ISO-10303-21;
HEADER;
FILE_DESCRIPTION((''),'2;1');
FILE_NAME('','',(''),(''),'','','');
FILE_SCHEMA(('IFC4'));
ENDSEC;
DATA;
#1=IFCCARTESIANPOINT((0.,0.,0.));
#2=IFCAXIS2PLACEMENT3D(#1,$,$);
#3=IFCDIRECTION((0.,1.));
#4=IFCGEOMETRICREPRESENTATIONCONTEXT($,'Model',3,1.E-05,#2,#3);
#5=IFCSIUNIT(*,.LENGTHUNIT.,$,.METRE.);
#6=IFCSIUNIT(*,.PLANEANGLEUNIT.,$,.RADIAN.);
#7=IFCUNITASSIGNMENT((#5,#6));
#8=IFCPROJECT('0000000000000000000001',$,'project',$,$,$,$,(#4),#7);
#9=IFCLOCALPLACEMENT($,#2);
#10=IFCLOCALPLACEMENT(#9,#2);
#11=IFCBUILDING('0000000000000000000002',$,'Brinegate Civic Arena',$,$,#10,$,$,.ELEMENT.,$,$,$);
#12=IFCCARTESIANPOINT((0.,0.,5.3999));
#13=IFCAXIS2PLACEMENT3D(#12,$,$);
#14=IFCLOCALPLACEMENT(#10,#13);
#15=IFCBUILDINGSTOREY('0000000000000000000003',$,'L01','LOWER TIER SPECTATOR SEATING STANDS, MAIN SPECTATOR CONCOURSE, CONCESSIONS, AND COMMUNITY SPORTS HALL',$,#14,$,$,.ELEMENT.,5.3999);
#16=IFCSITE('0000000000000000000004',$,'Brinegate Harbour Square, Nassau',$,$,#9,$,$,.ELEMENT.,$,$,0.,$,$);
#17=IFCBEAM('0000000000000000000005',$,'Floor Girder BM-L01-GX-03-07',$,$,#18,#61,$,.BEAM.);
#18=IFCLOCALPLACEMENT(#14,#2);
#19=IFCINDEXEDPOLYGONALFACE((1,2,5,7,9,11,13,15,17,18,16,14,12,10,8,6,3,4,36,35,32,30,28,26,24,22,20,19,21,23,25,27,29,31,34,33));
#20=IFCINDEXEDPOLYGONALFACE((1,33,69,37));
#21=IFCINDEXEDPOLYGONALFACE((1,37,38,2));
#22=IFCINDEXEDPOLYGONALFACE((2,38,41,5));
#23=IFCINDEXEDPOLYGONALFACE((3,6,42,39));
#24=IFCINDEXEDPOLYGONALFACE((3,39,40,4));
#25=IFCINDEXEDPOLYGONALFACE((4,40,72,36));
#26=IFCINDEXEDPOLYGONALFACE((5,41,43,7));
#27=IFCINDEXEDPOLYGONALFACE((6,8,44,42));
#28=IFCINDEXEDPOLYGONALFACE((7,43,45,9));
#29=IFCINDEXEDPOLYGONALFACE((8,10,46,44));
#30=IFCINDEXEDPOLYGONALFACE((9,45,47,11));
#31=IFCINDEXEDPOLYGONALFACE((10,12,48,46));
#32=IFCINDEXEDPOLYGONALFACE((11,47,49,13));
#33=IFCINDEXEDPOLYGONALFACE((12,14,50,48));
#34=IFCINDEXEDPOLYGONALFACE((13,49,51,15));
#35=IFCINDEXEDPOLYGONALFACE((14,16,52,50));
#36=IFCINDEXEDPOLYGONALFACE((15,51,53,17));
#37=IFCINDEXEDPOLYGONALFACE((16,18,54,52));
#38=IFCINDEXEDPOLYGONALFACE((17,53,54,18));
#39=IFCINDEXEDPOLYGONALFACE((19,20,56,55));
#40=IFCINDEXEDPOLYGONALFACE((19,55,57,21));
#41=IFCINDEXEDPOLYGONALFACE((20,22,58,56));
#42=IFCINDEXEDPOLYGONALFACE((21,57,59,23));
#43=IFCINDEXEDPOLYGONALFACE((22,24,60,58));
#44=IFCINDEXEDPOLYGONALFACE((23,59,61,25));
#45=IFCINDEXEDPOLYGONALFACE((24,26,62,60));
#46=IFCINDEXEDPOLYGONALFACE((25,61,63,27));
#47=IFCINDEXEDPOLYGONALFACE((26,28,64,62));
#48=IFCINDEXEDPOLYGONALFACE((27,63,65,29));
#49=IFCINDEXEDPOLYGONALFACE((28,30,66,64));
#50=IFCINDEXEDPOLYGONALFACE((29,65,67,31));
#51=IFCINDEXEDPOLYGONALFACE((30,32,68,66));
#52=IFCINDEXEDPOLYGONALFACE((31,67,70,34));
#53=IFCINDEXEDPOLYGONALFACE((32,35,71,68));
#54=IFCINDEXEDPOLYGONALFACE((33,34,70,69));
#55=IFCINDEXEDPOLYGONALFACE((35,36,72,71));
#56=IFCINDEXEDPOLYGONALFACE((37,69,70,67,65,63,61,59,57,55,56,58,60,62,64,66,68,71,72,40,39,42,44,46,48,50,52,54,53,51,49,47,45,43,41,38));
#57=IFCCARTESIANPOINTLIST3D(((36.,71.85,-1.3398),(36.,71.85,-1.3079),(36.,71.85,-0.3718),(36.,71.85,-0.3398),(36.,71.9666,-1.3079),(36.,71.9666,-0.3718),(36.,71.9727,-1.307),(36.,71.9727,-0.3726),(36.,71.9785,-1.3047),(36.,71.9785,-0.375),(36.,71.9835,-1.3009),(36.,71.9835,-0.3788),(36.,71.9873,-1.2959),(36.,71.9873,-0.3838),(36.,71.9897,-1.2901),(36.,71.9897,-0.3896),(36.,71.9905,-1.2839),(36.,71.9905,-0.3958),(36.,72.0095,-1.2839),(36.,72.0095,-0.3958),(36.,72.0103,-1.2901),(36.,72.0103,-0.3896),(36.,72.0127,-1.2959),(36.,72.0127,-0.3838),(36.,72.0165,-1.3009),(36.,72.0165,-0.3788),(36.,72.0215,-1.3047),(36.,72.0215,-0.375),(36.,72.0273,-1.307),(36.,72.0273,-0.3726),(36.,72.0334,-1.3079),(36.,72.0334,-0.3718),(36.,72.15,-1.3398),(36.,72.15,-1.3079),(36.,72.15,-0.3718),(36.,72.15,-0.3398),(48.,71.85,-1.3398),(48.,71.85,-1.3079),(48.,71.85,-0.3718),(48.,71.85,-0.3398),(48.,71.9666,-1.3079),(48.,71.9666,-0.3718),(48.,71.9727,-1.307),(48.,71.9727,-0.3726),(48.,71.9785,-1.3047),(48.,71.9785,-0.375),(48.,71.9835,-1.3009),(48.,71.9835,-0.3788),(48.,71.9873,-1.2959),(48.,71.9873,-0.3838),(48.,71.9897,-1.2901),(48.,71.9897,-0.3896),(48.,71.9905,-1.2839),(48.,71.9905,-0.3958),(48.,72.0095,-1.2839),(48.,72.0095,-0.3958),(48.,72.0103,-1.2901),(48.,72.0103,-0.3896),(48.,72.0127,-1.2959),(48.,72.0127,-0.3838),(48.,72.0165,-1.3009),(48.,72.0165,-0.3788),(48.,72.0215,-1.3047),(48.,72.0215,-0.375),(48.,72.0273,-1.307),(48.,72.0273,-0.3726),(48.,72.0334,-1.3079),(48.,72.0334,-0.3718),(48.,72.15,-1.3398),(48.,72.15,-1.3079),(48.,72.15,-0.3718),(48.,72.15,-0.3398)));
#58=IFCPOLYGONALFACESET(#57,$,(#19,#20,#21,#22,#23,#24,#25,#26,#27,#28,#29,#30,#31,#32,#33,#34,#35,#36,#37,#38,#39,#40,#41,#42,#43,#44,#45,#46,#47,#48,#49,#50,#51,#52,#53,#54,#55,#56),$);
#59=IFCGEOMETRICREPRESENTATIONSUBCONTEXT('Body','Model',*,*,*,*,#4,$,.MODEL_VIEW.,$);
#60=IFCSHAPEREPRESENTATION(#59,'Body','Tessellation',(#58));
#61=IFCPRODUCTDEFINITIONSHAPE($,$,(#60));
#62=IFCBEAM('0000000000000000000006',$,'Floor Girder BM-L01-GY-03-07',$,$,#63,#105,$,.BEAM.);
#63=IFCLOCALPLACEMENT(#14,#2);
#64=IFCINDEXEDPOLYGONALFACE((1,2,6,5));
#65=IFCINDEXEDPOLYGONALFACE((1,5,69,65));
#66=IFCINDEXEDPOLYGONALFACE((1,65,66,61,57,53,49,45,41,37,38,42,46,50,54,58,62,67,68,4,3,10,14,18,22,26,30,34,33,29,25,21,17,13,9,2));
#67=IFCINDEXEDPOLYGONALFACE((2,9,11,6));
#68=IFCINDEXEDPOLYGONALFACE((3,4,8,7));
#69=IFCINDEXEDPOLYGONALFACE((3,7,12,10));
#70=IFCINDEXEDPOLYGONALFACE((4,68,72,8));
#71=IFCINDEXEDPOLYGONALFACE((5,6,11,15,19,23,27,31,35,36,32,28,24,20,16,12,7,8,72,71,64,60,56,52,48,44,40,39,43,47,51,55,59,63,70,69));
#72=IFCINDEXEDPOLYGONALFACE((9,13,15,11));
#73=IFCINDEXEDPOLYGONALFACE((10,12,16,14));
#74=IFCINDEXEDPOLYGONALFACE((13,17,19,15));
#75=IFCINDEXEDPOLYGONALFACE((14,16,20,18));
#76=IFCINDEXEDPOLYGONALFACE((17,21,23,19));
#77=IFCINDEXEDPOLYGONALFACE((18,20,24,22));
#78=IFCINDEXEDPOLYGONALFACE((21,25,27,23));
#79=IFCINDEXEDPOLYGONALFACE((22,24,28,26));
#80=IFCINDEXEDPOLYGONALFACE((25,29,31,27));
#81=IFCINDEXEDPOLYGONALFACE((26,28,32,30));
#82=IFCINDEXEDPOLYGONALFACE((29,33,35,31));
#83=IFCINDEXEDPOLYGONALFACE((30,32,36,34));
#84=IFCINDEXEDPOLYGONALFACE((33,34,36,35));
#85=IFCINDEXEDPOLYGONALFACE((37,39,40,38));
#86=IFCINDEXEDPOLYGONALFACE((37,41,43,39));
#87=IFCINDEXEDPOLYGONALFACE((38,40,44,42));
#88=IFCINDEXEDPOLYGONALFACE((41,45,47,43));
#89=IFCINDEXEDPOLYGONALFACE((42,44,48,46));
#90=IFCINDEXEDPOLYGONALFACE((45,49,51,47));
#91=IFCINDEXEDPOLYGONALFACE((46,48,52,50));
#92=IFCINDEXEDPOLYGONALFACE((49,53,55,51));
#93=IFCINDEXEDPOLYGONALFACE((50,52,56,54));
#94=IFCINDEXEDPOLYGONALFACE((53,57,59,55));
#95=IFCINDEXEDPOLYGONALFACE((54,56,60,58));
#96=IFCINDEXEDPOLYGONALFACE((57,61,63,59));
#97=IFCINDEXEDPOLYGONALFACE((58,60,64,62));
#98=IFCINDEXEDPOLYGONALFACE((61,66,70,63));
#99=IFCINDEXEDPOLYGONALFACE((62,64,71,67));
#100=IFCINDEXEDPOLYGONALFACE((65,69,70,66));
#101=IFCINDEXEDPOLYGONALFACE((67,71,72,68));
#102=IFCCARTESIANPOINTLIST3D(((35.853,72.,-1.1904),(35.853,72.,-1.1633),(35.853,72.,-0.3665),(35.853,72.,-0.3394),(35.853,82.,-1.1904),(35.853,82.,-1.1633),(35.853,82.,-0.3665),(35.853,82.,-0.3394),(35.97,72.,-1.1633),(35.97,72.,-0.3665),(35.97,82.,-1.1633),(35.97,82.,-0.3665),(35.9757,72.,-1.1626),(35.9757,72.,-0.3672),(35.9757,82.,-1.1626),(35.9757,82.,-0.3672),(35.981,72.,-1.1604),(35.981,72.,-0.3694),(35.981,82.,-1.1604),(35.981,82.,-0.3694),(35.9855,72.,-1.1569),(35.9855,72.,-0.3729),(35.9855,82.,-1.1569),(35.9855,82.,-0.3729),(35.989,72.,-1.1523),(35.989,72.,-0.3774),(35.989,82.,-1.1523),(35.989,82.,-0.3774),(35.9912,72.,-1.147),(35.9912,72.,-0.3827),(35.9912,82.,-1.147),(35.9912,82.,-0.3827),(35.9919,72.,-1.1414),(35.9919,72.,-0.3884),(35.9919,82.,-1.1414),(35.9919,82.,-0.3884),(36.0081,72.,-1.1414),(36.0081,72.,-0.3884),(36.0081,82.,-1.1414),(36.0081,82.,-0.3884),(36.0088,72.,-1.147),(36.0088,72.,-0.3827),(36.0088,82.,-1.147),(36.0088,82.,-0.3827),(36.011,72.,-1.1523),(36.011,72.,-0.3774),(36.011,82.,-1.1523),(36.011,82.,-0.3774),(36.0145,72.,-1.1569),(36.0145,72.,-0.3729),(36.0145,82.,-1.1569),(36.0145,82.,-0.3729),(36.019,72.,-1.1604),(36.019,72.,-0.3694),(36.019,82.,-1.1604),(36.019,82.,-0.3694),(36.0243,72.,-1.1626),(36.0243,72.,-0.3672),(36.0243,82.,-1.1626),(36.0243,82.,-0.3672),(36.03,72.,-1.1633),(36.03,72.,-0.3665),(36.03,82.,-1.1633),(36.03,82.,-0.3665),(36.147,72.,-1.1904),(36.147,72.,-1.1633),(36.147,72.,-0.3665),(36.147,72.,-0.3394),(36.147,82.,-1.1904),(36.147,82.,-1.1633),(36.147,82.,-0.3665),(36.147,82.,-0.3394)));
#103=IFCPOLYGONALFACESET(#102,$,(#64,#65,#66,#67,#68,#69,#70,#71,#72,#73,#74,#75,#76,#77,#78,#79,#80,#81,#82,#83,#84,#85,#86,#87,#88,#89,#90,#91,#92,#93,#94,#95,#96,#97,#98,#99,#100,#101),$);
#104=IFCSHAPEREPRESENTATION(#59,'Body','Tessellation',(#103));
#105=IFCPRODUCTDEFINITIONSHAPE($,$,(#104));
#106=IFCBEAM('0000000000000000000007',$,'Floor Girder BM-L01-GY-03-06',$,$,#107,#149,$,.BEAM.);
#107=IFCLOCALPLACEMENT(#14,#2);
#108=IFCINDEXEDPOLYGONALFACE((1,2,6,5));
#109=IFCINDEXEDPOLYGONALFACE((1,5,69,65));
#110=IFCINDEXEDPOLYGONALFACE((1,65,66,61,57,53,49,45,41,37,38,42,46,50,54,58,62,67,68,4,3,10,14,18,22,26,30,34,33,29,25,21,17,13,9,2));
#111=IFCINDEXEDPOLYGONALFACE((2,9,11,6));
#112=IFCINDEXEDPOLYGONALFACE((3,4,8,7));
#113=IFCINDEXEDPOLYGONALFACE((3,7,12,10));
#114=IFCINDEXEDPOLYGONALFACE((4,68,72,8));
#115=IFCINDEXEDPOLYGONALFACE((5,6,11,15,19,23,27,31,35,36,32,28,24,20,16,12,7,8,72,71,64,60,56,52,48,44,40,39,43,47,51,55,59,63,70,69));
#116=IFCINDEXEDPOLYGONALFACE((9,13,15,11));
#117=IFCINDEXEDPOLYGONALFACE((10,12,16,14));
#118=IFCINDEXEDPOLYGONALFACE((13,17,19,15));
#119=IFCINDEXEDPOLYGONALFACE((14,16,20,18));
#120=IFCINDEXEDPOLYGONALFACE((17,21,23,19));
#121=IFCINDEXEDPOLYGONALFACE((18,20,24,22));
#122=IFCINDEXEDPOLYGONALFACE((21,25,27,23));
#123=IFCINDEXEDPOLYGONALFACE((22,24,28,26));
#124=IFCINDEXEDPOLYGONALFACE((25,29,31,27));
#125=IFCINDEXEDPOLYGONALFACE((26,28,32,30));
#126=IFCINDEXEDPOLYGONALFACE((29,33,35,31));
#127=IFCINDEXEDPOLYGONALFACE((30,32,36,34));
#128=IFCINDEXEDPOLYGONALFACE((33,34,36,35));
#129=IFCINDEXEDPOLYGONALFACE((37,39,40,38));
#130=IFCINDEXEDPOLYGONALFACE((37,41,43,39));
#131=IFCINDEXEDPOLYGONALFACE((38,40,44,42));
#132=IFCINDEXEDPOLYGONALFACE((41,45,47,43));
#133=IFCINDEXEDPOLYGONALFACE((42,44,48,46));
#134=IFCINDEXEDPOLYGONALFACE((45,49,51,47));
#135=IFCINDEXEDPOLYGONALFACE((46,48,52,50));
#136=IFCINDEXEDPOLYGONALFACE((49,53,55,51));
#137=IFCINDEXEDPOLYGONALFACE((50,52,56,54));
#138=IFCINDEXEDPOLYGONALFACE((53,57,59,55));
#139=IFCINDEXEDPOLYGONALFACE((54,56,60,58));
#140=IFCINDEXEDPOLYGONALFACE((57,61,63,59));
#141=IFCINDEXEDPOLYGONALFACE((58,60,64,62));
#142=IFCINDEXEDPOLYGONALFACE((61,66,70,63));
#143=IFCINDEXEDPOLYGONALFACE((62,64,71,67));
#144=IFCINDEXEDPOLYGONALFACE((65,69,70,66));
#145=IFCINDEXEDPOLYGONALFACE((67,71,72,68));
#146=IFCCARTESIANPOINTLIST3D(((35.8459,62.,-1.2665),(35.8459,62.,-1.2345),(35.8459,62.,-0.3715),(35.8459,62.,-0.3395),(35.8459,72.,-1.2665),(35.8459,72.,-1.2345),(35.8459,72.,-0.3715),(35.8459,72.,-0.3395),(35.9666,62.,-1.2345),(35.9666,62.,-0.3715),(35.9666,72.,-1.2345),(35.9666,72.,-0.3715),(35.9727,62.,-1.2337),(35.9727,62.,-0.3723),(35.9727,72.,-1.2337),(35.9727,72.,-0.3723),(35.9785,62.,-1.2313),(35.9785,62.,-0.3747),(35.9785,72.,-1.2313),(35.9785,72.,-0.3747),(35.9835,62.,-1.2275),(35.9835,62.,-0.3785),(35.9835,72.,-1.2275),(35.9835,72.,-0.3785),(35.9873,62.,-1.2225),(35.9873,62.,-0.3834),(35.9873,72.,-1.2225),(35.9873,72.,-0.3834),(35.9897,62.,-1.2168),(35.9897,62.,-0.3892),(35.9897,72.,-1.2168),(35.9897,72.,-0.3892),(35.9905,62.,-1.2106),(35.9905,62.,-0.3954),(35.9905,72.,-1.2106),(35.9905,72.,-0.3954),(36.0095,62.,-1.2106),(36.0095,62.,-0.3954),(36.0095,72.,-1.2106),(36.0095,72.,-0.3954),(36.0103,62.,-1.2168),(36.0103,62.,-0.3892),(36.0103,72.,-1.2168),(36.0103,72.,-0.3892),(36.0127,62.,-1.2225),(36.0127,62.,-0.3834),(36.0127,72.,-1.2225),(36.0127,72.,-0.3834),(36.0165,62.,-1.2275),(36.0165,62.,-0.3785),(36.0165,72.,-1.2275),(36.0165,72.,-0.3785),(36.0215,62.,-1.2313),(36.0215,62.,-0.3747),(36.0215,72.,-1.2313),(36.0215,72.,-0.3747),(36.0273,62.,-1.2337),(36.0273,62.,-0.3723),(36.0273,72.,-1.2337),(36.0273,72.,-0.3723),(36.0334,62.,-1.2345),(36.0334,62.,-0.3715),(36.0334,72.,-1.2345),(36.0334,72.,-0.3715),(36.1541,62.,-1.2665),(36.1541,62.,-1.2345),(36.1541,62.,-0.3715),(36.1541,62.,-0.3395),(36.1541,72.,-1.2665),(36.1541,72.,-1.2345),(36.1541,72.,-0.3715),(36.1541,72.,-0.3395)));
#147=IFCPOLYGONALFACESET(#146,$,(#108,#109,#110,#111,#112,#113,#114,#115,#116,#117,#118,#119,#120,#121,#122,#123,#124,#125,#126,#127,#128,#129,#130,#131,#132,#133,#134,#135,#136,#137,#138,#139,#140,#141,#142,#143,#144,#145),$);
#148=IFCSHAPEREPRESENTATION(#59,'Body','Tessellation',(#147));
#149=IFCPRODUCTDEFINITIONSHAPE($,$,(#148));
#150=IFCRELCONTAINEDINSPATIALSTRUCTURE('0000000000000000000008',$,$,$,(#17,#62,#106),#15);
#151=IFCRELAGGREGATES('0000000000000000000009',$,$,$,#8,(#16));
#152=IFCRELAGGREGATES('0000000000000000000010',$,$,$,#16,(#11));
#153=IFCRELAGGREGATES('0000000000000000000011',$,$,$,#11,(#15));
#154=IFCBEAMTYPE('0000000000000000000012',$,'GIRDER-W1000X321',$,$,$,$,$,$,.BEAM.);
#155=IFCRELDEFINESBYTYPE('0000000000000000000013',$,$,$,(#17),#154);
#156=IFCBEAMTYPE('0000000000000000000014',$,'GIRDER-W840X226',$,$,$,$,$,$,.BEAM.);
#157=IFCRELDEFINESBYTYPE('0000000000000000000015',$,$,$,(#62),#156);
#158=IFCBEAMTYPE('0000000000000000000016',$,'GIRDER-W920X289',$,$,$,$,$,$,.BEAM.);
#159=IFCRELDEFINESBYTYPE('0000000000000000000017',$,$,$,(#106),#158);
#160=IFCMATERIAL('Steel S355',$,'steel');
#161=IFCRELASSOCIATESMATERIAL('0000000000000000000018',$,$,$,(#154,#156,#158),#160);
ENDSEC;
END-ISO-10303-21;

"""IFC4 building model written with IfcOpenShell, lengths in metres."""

from ifc_helpers import new_model, si_unit, direction, frame, origin, origin_2d, place, context, subcontext, project, spatial, i_section, extrude, material, material_profile, profile_set, type_object, element, save


model = new_model("IFC4")

# Units and contexts
model_context = context("Model", 3, precision=1e-05, world=origin(), true_north=direction((0.0, 1.0)))
body_context = subcontext(model_context, "Body", "Model", "MODEL_VIEW")
ifc_project = project(units=[si_unit("LENGTHUNIT", "METRE"), si_unit("PLANEANGLEUNIT", "RADIAN")], contexts=[model_context])

# Site, building, storey
site_placement = place(None, origin())
site = spatial("IfcSite", under=ifc_project, at=site_placement, Name="Brinegate Harbour Square, Nassau", CompositionType="ELEMENT", RefElevation=0.0)
building_placement = place(site_placement, origin())
building = spatial("IfcBuilding", under=site, at=building_placement, Name="Brinegate Civic Arena", CompositionType="ELEMENT")
storey_placement = place(building_placement, frame((0.0, 0.0, 5.3999)))
storey = spatial("IfcBuildingStorey", under=building, at=storey_placement, Name="L01", Description="LOWER TIER SPECTATOR SEATING STANDS, MAIN SPECTATOR CONCOURSE, CONCESSIONS, AND COMMUNITY SPORTS HALL", CompositionType="ELEMENT", Elevation=5.3999)

# Shared definitions
ifc_material_1 = material(Name="Steel S355", Category="steel")

# Beams
ifc_material_profile_1 = material_profile(ifc_material_1, i_section(OverallWidth=0.3, OverallDepth=1.0, WebThickness=0.019, FlangeThickness=0.032, FilletRadius=0.0239, at=origin_2d()), Name="W1000X321")
ifc_profile_set_1 = profile_set([ifc_material_profile_1], Name="Steel S355")
beam_type_1 = type_object("IfcBeamType", Name="GIRDER-W1000X321", PredefinedType="BEAM", material=ifc_profile_set_1)
for number, where, z_axis, x_axis, name in (
    (1, (36.0, 72.0, -0.8398), (1.0, 0.0, 0.0), (0.0, 1.0, 0.0), "Floor Girder BM-L01-GX-03-07"),
):
    element("IfcBeam", number, at=place(storey_placement, frame(where, z_axis=z_axis, x_axis=x_axis)), inside=storey, type_object=beam_type_1, Name=name, PredefinedType="BEAM", context=body_context, shape_type="SweptSolid", body=[
        extrude(i_section(OverallWidth=0.3, OverallDepth=1.0, WebThickness=0.019, FlangeThickness=0.032, FilletRadius=0.0239, at=origin_2d()), origin(), (0.0, 0.0, 1.0), 12.0),
    ])
ifc_material_profile_2 = material_profile(ifc_material_1, i_section(OverallWidth=0.2939, OverallDepth=0.8511, WebThickness=0.0161, FlangeThickness=0.0271, FilletRadius=0.022, at=origin_2d()), Name="W840X226")
ifc_profile_set_2 = profile_set([ifc_material_profile_2], Name="Steel S355")
beam_type_2 = type_object("IfcBeamType", Name="GIRDER-W840X226", PredefinedType="BEAM", material=ifc_profile_set_2)
beam_1_placement = place(storey_placement, frame((36.0, 72.0, -0.7649), z_axis=(0.0, 1.0, 0.0), x_axis=(-1.0, 0.0, 0.0)))
element("IfcBeam", 2, at=beam_1_placement, inside=storey, type_object=beam_type_2, Name="Floor Girder BM-L01-GY-03-07", PredefinedType="BEAM", context=body_context, shape_type="SweptSolid", body=[
    extrude(i_section(OverallWidth=0.2939, OverallDepth=0.8511, WebThickness=0.0161, FlangeThickness=0.0271, FilletRadius=0.022, at=origin_2d()), origin(), (0.0, 0.0, 1.0), 10.0),
])
ifc_material_profile_3 = material_profile(ifc_material_1, i_section(OverallWidth=0.3081, OverallDepth=0.927, WebThickness=0.019, FlangeThickness=0.032, FilletRadius=0.0239, at=origin_2d()), Name="W920X289")
ifc_profile_set_3 = profile_set([ifc_material_profile_3], Name="Steel S355")
beam_type_3 = type_object("IfcBeamType", Name="GIRDER-W920X289", PredefinedType="BEAM", material=ifc_profile_set_3)
beam_2_placement = place(storey_placement, frame((36.0, 62.0, -0.803), z_axis=(0.0, 1.0, 0.0), x_axis=(-1.0, 0.0, 0.0)))
element("IfcBeam", 3, at=beam_2_placement, inside=storey, type_object=beam_type_3, Name="Floor Girder BM-L01-GY-03-06", PredefinedType="BEAM", context=body_context, shape_type="SweptSolid", body=[
    extrude(i_section(OverallWidth=0.3081, OverallDepth=0.927, WebThickness=0.019, FlangeThickness=0.032, FilletRadius=0.0239, at=origin_2d()), origin(), (0.0, 0.0, 1.0), 10.0),
])

save(model, "model.ifc")
